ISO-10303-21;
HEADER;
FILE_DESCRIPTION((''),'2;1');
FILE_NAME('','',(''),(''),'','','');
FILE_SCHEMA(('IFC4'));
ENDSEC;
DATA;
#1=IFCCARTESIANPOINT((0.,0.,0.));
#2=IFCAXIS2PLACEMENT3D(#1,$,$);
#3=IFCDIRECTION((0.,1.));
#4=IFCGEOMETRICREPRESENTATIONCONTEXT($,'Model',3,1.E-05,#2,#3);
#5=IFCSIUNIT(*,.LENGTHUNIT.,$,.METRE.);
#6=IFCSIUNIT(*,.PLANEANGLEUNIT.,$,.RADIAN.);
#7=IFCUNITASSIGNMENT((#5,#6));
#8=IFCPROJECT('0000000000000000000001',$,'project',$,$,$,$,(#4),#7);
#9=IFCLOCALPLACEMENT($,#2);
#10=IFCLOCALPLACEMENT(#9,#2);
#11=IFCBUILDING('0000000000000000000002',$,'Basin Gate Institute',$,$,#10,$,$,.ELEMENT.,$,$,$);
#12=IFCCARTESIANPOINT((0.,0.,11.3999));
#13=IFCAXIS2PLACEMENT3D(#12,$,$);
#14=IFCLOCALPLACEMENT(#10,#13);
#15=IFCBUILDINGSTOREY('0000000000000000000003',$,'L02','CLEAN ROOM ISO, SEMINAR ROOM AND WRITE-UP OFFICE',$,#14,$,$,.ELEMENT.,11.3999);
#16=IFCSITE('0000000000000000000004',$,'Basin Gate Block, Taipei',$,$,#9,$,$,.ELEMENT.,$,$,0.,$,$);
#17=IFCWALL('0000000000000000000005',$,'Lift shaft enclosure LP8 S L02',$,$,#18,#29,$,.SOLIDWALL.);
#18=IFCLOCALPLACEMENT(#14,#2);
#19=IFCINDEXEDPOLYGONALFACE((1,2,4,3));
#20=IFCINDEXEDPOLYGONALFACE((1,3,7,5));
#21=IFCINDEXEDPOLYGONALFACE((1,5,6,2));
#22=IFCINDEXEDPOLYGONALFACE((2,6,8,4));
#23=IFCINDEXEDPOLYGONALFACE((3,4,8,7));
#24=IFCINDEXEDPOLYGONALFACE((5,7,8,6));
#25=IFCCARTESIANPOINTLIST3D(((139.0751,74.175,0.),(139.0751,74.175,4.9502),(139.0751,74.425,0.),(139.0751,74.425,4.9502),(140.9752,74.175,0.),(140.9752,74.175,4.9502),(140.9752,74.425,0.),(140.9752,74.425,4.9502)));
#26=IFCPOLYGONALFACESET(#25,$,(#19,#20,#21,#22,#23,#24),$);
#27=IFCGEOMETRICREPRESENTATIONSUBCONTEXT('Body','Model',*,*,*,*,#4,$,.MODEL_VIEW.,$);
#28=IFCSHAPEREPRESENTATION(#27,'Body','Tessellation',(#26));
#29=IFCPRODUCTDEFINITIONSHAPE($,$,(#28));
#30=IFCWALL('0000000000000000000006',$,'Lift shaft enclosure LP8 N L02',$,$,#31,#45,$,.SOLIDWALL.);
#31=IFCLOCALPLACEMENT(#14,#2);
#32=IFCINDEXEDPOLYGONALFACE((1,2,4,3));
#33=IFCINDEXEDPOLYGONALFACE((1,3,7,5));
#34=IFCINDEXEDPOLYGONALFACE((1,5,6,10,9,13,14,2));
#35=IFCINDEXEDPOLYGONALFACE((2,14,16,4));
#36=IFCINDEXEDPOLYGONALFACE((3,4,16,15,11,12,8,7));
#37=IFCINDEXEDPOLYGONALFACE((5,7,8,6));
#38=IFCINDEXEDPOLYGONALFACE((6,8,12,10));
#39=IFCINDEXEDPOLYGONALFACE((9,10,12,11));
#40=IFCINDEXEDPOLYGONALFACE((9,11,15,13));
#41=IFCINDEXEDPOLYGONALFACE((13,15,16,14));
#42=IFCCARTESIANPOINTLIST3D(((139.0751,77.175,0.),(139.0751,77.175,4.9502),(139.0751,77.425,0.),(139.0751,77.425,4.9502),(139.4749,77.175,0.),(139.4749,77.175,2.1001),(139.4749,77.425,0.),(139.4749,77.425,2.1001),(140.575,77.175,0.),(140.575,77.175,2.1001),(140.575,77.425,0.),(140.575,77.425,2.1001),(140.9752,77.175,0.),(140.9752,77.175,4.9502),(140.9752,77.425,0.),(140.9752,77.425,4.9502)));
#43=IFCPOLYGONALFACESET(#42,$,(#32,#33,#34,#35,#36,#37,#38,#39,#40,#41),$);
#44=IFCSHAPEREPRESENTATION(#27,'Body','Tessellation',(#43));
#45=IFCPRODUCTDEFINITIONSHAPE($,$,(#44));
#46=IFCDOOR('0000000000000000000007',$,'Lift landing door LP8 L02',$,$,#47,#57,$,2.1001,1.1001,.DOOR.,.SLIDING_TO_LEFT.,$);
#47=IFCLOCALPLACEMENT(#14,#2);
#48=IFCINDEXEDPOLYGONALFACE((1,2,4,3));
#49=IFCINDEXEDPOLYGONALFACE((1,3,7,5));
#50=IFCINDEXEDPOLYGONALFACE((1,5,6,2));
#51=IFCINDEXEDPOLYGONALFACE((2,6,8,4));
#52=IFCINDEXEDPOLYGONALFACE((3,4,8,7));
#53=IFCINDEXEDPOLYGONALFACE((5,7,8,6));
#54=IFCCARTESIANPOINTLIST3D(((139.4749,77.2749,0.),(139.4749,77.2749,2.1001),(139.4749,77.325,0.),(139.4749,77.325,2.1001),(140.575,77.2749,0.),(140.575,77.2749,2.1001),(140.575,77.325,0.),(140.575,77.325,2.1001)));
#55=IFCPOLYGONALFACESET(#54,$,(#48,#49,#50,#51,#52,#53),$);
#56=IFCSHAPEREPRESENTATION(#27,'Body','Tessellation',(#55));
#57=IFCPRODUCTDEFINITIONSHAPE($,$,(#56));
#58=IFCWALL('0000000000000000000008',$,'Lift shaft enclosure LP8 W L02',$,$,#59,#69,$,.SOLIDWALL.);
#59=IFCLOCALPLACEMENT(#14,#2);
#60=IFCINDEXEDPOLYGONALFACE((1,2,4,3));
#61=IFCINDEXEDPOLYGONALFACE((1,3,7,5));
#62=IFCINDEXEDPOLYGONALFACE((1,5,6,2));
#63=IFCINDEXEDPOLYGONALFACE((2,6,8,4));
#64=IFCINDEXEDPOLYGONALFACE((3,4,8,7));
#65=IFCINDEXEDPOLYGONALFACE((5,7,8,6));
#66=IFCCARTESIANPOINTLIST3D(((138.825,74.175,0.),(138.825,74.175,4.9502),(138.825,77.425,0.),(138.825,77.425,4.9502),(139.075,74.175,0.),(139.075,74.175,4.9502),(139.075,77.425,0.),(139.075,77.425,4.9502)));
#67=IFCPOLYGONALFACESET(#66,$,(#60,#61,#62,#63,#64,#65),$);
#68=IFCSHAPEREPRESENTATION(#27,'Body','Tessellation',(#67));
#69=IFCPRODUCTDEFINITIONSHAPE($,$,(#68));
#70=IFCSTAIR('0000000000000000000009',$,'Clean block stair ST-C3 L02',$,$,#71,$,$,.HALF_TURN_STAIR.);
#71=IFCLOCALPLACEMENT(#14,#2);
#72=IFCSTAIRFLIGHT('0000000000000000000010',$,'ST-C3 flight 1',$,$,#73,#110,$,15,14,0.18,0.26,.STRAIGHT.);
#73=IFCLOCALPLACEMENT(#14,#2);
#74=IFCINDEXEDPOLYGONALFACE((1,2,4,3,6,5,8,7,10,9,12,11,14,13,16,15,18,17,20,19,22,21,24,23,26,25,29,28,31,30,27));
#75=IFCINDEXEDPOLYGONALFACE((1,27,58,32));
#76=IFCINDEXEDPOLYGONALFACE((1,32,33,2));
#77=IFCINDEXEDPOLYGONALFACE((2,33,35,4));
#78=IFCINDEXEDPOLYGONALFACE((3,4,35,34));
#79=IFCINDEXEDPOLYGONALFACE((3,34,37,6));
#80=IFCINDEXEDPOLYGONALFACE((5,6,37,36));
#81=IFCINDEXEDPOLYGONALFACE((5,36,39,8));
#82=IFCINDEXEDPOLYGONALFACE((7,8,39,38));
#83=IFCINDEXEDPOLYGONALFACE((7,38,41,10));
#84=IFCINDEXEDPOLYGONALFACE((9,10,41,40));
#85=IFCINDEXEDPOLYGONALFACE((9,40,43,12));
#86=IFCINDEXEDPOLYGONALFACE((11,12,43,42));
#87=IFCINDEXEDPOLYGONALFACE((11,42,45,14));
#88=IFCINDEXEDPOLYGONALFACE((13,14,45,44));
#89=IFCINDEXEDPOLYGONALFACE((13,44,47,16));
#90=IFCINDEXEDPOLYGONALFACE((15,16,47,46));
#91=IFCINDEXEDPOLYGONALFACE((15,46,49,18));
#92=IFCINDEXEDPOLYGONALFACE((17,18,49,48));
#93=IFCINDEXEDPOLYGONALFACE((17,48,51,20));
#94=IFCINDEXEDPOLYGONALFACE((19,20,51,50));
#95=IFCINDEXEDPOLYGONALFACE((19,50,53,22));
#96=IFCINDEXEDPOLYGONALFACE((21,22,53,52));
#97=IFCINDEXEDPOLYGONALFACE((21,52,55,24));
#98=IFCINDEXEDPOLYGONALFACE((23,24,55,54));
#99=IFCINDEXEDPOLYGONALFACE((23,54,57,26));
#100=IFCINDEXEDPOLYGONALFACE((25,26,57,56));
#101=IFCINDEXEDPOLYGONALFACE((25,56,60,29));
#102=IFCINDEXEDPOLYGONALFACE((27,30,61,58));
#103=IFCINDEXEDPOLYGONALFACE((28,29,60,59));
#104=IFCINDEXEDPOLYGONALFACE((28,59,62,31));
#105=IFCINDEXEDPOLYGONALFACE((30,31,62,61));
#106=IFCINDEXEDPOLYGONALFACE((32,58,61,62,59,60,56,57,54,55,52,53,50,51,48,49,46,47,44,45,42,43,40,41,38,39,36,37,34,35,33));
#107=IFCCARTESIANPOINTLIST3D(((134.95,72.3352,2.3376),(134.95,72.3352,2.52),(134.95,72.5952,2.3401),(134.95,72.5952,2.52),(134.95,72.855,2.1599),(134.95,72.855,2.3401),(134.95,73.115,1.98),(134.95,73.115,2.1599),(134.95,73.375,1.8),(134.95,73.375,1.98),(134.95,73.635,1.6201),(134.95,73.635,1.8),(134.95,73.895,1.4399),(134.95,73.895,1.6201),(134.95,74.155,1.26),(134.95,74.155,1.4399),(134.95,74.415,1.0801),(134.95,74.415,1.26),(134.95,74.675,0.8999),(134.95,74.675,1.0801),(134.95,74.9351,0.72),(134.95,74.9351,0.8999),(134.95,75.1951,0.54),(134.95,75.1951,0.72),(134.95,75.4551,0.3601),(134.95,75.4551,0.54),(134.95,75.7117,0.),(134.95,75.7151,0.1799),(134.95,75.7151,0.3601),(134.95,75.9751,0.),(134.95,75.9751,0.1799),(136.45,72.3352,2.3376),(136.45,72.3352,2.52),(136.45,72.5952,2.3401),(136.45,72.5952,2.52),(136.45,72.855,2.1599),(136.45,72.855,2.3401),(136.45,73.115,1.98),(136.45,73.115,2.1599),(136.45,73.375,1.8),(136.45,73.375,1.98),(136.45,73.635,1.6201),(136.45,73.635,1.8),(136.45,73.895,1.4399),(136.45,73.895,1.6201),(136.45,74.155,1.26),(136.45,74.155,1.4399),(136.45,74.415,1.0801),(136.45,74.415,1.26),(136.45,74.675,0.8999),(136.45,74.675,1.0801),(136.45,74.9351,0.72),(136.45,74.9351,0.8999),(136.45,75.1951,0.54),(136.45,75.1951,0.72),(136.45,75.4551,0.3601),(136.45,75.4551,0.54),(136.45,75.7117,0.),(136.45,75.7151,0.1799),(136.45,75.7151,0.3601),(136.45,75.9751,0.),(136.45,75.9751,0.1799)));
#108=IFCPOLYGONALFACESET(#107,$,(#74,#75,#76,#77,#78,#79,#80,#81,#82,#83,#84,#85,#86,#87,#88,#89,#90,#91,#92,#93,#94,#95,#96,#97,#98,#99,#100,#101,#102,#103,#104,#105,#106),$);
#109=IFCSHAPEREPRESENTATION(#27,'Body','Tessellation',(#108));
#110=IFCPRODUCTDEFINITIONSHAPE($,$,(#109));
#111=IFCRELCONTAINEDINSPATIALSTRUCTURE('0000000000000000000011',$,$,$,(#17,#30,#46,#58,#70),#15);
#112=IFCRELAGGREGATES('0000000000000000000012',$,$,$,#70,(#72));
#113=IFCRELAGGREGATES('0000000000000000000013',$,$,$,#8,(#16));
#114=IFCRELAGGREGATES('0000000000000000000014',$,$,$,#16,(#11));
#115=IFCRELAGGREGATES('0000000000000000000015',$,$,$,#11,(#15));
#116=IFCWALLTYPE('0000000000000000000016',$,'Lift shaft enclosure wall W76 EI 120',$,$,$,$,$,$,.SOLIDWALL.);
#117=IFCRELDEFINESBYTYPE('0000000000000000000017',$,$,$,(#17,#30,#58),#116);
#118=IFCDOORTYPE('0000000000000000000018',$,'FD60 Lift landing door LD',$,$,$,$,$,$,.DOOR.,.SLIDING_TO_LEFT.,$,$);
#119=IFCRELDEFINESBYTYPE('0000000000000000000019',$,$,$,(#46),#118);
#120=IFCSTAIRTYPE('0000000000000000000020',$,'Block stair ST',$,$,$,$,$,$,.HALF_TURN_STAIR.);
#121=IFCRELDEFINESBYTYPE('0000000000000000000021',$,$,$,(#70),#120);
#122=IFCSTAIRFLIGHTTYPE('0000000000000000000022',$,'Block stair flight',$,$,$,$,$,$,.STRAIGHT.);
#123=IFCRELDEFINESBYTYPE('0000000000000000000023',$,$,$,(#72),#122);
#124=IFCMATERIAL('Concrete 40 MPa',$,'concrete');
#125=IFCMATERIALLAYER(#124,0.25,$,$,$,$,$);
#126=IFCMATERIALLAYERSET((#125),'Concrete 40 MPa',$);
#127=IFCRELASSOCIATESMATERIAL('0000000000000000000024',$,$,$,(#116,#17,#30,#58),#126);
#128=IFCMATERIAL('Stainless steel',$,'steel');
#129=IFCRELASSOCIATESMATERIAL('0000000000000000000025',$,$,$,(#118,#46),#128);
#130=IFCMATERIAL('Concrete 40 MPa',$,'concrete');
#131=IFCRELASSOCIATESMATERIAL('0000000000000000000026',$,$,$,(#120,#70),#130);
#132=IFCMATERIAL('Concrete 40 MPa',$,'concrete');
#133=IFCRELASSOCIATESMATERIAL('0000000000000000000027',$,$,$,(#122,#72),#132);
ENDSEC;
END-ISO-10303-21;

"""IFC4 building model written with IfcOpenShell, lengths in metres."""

from ifc_helpers import new_model, si_unit, direction, frame, frame_2d, origin, place, context, subcontext, project, spatial, polyline, rectangle, outline, extrude, material, layer, layer_set, type_object, element, fill, aggregate, save


model = new_model("IFC4")

# Units and contexts
model_context = context("Model", 3, precision=1e-05, world=origin(), true_north=direction((0.0, 1.0)))
body_context = subcontext(model_context, "Body", "Model", "MODEL_VIEW")
ifc_project = project(units=[si_unit("LENGTHUNIT", "METRE"), si_unit("PLANEANGLEUNIT", "RADIAN")], contexts=[model_context])

# Site, building, storey
site_placement = place(None, origin())
site = spatial("IfcSite", under=ifc_project, at=site_placement, Name="Basin Gate Block, Taipei", CompositionType="ELEMENT", RefElevation=0.0)
building_placement = place(site_placement, origin())
building = spatial("IfcBuilding", under=site, at=building_placement, Name="Basin Gate Institute", CompositionType="ELEMENT")
storey_placement = place(building_placement, frame((0.0, 0.0, 11.3999)))
storey = spatial("IfcBuildingStorey", under=building, at=storey_placement, Name="L02", Description="CLEAN ROOM ISO, SEMINAR ROOM AND WRITE-UP OFFICE", CompositionType="ELEMENT", Elevation=11.3999)

# Wall
ifc_material_1 = material(Name="Concrete 40 MPa", Category="concrete")
ifc_layer_1 = layer(ifc_material_1, 0.25)
ifc_layer_set_1 = layer_set([ifc_layer_1], Name="Concrete 40 MPa")
wall_type_1 = type_object("IfcWallType", Name="Lift shaft enclosure wall W76 EI 120", PredefinedType="SOLIDWALL", material=ifc_layer_set_1)
wall_1_placement = place(storey_placement, frame((139.075, 74.3, 0.0), z_axis=(0.0, 0.0, 1.0), x_axis=(1.0, 0.0, 0.0)))
element("IfcWall", 1, at=wall_1_placement, inside=storey, type_object=wall_type_1, material=ifc_layer_set_1, Name="Lift shaft enclosure LP8 S L02", PredefinedType="SOLIDWALL", context=body_context, shape_type="SweptSolid", body=[
    extrude(rectangle(XDim=1.9001, YDim=0.25, at=frame_2d((0.9502, 0.0))), origin(), (0.0, 0.0, 1.0), 4.9502),
])

# Wall, opening, door
wall_2_placement = place(storey_placement, frame((139.075, 77.3, 0.0), z_axis=(0.0, 0.0, 1.0), x_axis=(1.0, 0.0, 0.0)))
wall_2 = element("IfcWall", 2, at=wall_2_placement, inside=storey, type_object=wall_type_1, material=ifc_layer_set_1, Name="Lift shaft enclosure LP8 N L02", PredefinedType="SOLIDWALL", context=body_context, shape_type="SweptSolid", body=[
    extrude(rectangle(XDim=1.9001, YDim=0.25, at=frame_2d((0.9502, 0.0))), origin(), (0.0, 0.0, 1.0), 4.9502),
])
opening_1_placement = place(wall_2_placement, frame((0.3999, 0.0, 0.0)))
opening_1 = element("IfcOpeningElement", 3, at=opening_1_placement, cuts=wall_2, PredefinedType="OPENING", context=body_context, shape_type="SweptSolid", body=[
    extrude(rectangle(XDim=1.1001, YDim=2.1001, at=frame_2d((0.55, 1.05))), frame((0.0, 0.135, 0.0), z_axis=(0.0, -1.0, 0.0), x_axis=(1.0, 0.0, 0.0)), (0.0, 0.0, 1.0), 0.27),
])
ifc_material_2 = material(Name="Stainless steel", Category="steel")
door_type_1 = type_object("IfcDoorType", Name="FD60 Lift landing door LD", OperationType="SLIDING_TO_LEFT", PredefinedType="DOOR", material=ifc_material_2)
door_1_placement = place(opening_1_placement, origin())
door_1 = element("IfcDoor", 4, at=door_1_placement, inside=storey, type_object=door_type_1, material=ifc_material_2, Name="Lift landing door LP8 L02", OperationType="SLIDING_TO_LEFT", OverallHeight=2.1001, OverallWidth=1.1001, PredefinedType="DOOR", context=body_context, shape_type="SweptSolid", body=[
    extrude(rectangle(XDim=1.1001, YDim=2.1001, at=frame_2d((0.55, 1.05))), frame((0.0, 0.0249, 0.0), z_axis=(0.0, -1.0, 0.0), x_axis=(1.0, 0.0, 0.0)), (0.0, 0.0, 1.0), 0.05),
])
fill(opening_1, door_1)

# Wall
wall_3_placement = place(storey_placement, frame((138.95, 74.175, 0.0), z_axis=(0.0, 0.0, 1.0), x_axis=(0.0, 1.0, 0.0)))
element("IfcWall", 5, at=wall_3_placement, inside=storey, type_object=wall_type_1, material=ifc_layer_set_1, Name="Lift shaft enclosure LP8 W L02", PredefinedType="SOLIDWALL", context=body_context, shape_type="SweptSolid", body=[
    extrude(rectangle(XDim=3.25, YDim=0.25, at=frame_2d((1.625, 0.0))), origin(), (0.0, 0.0, 1.0), 4.9502),
])

# Stair, stair flight
ifc_material_3 = material(Name="Concrete 40 MPa", Category="concrete")
stair_type = type_object("IfcStairType", Name="Block stair ST", PredefinedType="HALF_TURN_STAIR", material=ifc_material_3)
stair_placement = place(storey_placement, origin())
stair = element("IfcStair", 6, at=stair_placement, inside=storey, type_object=stair_type, material=ifc_material_3, Name="Clean block stair ST-C3 L02", PredefinedType="HALF_TURN_STAIR")
ifc_material_4 = material(Name="Concrete 40 MPa", Category="concrete")
stair_flight_type = type_object("IfcStairFlightType", Name="Block stair flight", PredefinedType="STRAIGHT", material=ifc_material_4)
stair_flight_placement = place(storey_placement, frame((135.7, 75.9751, 0.0), z_axis=(0.0, 0.0, 1.0), x_axis=(0.0, -1.0, 0.0)))
stair_flight = element("IfcStairFlight", 7, at=stair_flight_placement, type_object=stair_flight_type, material=ifc_material_4, Name="ST-C3 flight 1", NumberOfRisers=15, NumberOfTreads=14, PredefinedType="STRAIGHT", RiserHeight=0.18, TreadLength=0.26, context=body_context, shape_type="SweptSolid", body=[
    extrude(outline(polyline([(0.0, 0.0), (0.0, 0.1799), (0.26, 0.1799), (0.26, 0.3601), (0.52, 0.3601), (0.52, 0.54), (0.78, 0.54), (0.78, 0.72), (1.04, 0.72), (1.04, 0.8999), (1.3, 0.8999), (1.3, 1.0801), (1.5601, 1.0801), (1.5601, 1.26), (1.8201, 1.26), (1.8201, 1.4399), (2.0801, 1.4399), (2.0801, 1.6201), (2.3401, 1.6201), (2.3401, 1.8), (2.6001, 1.8), (2.6001, 1.98), (2.8601, 1.98), (2.8601, 2.1599), (3.1201, 2.1599), (3.1201, 2.3401), (3.3799, 2.3401), (3.3799, 2.52), (3.6399, 2.52), (3.6399, 2.7), (3.6399, 2.3376), (0.2634, 0.0), (0.0, 0.0)])), frame((0.0, 0.75, 0.0), z_axis=(0.0, -1.0, 0.0), x_axis=(1.0, 0.0, 0.0)), (0.0, 0.0, 1.0), 1.5),
])
aggregate(stair, [stair_flight])

save(model, "model.ifc")
